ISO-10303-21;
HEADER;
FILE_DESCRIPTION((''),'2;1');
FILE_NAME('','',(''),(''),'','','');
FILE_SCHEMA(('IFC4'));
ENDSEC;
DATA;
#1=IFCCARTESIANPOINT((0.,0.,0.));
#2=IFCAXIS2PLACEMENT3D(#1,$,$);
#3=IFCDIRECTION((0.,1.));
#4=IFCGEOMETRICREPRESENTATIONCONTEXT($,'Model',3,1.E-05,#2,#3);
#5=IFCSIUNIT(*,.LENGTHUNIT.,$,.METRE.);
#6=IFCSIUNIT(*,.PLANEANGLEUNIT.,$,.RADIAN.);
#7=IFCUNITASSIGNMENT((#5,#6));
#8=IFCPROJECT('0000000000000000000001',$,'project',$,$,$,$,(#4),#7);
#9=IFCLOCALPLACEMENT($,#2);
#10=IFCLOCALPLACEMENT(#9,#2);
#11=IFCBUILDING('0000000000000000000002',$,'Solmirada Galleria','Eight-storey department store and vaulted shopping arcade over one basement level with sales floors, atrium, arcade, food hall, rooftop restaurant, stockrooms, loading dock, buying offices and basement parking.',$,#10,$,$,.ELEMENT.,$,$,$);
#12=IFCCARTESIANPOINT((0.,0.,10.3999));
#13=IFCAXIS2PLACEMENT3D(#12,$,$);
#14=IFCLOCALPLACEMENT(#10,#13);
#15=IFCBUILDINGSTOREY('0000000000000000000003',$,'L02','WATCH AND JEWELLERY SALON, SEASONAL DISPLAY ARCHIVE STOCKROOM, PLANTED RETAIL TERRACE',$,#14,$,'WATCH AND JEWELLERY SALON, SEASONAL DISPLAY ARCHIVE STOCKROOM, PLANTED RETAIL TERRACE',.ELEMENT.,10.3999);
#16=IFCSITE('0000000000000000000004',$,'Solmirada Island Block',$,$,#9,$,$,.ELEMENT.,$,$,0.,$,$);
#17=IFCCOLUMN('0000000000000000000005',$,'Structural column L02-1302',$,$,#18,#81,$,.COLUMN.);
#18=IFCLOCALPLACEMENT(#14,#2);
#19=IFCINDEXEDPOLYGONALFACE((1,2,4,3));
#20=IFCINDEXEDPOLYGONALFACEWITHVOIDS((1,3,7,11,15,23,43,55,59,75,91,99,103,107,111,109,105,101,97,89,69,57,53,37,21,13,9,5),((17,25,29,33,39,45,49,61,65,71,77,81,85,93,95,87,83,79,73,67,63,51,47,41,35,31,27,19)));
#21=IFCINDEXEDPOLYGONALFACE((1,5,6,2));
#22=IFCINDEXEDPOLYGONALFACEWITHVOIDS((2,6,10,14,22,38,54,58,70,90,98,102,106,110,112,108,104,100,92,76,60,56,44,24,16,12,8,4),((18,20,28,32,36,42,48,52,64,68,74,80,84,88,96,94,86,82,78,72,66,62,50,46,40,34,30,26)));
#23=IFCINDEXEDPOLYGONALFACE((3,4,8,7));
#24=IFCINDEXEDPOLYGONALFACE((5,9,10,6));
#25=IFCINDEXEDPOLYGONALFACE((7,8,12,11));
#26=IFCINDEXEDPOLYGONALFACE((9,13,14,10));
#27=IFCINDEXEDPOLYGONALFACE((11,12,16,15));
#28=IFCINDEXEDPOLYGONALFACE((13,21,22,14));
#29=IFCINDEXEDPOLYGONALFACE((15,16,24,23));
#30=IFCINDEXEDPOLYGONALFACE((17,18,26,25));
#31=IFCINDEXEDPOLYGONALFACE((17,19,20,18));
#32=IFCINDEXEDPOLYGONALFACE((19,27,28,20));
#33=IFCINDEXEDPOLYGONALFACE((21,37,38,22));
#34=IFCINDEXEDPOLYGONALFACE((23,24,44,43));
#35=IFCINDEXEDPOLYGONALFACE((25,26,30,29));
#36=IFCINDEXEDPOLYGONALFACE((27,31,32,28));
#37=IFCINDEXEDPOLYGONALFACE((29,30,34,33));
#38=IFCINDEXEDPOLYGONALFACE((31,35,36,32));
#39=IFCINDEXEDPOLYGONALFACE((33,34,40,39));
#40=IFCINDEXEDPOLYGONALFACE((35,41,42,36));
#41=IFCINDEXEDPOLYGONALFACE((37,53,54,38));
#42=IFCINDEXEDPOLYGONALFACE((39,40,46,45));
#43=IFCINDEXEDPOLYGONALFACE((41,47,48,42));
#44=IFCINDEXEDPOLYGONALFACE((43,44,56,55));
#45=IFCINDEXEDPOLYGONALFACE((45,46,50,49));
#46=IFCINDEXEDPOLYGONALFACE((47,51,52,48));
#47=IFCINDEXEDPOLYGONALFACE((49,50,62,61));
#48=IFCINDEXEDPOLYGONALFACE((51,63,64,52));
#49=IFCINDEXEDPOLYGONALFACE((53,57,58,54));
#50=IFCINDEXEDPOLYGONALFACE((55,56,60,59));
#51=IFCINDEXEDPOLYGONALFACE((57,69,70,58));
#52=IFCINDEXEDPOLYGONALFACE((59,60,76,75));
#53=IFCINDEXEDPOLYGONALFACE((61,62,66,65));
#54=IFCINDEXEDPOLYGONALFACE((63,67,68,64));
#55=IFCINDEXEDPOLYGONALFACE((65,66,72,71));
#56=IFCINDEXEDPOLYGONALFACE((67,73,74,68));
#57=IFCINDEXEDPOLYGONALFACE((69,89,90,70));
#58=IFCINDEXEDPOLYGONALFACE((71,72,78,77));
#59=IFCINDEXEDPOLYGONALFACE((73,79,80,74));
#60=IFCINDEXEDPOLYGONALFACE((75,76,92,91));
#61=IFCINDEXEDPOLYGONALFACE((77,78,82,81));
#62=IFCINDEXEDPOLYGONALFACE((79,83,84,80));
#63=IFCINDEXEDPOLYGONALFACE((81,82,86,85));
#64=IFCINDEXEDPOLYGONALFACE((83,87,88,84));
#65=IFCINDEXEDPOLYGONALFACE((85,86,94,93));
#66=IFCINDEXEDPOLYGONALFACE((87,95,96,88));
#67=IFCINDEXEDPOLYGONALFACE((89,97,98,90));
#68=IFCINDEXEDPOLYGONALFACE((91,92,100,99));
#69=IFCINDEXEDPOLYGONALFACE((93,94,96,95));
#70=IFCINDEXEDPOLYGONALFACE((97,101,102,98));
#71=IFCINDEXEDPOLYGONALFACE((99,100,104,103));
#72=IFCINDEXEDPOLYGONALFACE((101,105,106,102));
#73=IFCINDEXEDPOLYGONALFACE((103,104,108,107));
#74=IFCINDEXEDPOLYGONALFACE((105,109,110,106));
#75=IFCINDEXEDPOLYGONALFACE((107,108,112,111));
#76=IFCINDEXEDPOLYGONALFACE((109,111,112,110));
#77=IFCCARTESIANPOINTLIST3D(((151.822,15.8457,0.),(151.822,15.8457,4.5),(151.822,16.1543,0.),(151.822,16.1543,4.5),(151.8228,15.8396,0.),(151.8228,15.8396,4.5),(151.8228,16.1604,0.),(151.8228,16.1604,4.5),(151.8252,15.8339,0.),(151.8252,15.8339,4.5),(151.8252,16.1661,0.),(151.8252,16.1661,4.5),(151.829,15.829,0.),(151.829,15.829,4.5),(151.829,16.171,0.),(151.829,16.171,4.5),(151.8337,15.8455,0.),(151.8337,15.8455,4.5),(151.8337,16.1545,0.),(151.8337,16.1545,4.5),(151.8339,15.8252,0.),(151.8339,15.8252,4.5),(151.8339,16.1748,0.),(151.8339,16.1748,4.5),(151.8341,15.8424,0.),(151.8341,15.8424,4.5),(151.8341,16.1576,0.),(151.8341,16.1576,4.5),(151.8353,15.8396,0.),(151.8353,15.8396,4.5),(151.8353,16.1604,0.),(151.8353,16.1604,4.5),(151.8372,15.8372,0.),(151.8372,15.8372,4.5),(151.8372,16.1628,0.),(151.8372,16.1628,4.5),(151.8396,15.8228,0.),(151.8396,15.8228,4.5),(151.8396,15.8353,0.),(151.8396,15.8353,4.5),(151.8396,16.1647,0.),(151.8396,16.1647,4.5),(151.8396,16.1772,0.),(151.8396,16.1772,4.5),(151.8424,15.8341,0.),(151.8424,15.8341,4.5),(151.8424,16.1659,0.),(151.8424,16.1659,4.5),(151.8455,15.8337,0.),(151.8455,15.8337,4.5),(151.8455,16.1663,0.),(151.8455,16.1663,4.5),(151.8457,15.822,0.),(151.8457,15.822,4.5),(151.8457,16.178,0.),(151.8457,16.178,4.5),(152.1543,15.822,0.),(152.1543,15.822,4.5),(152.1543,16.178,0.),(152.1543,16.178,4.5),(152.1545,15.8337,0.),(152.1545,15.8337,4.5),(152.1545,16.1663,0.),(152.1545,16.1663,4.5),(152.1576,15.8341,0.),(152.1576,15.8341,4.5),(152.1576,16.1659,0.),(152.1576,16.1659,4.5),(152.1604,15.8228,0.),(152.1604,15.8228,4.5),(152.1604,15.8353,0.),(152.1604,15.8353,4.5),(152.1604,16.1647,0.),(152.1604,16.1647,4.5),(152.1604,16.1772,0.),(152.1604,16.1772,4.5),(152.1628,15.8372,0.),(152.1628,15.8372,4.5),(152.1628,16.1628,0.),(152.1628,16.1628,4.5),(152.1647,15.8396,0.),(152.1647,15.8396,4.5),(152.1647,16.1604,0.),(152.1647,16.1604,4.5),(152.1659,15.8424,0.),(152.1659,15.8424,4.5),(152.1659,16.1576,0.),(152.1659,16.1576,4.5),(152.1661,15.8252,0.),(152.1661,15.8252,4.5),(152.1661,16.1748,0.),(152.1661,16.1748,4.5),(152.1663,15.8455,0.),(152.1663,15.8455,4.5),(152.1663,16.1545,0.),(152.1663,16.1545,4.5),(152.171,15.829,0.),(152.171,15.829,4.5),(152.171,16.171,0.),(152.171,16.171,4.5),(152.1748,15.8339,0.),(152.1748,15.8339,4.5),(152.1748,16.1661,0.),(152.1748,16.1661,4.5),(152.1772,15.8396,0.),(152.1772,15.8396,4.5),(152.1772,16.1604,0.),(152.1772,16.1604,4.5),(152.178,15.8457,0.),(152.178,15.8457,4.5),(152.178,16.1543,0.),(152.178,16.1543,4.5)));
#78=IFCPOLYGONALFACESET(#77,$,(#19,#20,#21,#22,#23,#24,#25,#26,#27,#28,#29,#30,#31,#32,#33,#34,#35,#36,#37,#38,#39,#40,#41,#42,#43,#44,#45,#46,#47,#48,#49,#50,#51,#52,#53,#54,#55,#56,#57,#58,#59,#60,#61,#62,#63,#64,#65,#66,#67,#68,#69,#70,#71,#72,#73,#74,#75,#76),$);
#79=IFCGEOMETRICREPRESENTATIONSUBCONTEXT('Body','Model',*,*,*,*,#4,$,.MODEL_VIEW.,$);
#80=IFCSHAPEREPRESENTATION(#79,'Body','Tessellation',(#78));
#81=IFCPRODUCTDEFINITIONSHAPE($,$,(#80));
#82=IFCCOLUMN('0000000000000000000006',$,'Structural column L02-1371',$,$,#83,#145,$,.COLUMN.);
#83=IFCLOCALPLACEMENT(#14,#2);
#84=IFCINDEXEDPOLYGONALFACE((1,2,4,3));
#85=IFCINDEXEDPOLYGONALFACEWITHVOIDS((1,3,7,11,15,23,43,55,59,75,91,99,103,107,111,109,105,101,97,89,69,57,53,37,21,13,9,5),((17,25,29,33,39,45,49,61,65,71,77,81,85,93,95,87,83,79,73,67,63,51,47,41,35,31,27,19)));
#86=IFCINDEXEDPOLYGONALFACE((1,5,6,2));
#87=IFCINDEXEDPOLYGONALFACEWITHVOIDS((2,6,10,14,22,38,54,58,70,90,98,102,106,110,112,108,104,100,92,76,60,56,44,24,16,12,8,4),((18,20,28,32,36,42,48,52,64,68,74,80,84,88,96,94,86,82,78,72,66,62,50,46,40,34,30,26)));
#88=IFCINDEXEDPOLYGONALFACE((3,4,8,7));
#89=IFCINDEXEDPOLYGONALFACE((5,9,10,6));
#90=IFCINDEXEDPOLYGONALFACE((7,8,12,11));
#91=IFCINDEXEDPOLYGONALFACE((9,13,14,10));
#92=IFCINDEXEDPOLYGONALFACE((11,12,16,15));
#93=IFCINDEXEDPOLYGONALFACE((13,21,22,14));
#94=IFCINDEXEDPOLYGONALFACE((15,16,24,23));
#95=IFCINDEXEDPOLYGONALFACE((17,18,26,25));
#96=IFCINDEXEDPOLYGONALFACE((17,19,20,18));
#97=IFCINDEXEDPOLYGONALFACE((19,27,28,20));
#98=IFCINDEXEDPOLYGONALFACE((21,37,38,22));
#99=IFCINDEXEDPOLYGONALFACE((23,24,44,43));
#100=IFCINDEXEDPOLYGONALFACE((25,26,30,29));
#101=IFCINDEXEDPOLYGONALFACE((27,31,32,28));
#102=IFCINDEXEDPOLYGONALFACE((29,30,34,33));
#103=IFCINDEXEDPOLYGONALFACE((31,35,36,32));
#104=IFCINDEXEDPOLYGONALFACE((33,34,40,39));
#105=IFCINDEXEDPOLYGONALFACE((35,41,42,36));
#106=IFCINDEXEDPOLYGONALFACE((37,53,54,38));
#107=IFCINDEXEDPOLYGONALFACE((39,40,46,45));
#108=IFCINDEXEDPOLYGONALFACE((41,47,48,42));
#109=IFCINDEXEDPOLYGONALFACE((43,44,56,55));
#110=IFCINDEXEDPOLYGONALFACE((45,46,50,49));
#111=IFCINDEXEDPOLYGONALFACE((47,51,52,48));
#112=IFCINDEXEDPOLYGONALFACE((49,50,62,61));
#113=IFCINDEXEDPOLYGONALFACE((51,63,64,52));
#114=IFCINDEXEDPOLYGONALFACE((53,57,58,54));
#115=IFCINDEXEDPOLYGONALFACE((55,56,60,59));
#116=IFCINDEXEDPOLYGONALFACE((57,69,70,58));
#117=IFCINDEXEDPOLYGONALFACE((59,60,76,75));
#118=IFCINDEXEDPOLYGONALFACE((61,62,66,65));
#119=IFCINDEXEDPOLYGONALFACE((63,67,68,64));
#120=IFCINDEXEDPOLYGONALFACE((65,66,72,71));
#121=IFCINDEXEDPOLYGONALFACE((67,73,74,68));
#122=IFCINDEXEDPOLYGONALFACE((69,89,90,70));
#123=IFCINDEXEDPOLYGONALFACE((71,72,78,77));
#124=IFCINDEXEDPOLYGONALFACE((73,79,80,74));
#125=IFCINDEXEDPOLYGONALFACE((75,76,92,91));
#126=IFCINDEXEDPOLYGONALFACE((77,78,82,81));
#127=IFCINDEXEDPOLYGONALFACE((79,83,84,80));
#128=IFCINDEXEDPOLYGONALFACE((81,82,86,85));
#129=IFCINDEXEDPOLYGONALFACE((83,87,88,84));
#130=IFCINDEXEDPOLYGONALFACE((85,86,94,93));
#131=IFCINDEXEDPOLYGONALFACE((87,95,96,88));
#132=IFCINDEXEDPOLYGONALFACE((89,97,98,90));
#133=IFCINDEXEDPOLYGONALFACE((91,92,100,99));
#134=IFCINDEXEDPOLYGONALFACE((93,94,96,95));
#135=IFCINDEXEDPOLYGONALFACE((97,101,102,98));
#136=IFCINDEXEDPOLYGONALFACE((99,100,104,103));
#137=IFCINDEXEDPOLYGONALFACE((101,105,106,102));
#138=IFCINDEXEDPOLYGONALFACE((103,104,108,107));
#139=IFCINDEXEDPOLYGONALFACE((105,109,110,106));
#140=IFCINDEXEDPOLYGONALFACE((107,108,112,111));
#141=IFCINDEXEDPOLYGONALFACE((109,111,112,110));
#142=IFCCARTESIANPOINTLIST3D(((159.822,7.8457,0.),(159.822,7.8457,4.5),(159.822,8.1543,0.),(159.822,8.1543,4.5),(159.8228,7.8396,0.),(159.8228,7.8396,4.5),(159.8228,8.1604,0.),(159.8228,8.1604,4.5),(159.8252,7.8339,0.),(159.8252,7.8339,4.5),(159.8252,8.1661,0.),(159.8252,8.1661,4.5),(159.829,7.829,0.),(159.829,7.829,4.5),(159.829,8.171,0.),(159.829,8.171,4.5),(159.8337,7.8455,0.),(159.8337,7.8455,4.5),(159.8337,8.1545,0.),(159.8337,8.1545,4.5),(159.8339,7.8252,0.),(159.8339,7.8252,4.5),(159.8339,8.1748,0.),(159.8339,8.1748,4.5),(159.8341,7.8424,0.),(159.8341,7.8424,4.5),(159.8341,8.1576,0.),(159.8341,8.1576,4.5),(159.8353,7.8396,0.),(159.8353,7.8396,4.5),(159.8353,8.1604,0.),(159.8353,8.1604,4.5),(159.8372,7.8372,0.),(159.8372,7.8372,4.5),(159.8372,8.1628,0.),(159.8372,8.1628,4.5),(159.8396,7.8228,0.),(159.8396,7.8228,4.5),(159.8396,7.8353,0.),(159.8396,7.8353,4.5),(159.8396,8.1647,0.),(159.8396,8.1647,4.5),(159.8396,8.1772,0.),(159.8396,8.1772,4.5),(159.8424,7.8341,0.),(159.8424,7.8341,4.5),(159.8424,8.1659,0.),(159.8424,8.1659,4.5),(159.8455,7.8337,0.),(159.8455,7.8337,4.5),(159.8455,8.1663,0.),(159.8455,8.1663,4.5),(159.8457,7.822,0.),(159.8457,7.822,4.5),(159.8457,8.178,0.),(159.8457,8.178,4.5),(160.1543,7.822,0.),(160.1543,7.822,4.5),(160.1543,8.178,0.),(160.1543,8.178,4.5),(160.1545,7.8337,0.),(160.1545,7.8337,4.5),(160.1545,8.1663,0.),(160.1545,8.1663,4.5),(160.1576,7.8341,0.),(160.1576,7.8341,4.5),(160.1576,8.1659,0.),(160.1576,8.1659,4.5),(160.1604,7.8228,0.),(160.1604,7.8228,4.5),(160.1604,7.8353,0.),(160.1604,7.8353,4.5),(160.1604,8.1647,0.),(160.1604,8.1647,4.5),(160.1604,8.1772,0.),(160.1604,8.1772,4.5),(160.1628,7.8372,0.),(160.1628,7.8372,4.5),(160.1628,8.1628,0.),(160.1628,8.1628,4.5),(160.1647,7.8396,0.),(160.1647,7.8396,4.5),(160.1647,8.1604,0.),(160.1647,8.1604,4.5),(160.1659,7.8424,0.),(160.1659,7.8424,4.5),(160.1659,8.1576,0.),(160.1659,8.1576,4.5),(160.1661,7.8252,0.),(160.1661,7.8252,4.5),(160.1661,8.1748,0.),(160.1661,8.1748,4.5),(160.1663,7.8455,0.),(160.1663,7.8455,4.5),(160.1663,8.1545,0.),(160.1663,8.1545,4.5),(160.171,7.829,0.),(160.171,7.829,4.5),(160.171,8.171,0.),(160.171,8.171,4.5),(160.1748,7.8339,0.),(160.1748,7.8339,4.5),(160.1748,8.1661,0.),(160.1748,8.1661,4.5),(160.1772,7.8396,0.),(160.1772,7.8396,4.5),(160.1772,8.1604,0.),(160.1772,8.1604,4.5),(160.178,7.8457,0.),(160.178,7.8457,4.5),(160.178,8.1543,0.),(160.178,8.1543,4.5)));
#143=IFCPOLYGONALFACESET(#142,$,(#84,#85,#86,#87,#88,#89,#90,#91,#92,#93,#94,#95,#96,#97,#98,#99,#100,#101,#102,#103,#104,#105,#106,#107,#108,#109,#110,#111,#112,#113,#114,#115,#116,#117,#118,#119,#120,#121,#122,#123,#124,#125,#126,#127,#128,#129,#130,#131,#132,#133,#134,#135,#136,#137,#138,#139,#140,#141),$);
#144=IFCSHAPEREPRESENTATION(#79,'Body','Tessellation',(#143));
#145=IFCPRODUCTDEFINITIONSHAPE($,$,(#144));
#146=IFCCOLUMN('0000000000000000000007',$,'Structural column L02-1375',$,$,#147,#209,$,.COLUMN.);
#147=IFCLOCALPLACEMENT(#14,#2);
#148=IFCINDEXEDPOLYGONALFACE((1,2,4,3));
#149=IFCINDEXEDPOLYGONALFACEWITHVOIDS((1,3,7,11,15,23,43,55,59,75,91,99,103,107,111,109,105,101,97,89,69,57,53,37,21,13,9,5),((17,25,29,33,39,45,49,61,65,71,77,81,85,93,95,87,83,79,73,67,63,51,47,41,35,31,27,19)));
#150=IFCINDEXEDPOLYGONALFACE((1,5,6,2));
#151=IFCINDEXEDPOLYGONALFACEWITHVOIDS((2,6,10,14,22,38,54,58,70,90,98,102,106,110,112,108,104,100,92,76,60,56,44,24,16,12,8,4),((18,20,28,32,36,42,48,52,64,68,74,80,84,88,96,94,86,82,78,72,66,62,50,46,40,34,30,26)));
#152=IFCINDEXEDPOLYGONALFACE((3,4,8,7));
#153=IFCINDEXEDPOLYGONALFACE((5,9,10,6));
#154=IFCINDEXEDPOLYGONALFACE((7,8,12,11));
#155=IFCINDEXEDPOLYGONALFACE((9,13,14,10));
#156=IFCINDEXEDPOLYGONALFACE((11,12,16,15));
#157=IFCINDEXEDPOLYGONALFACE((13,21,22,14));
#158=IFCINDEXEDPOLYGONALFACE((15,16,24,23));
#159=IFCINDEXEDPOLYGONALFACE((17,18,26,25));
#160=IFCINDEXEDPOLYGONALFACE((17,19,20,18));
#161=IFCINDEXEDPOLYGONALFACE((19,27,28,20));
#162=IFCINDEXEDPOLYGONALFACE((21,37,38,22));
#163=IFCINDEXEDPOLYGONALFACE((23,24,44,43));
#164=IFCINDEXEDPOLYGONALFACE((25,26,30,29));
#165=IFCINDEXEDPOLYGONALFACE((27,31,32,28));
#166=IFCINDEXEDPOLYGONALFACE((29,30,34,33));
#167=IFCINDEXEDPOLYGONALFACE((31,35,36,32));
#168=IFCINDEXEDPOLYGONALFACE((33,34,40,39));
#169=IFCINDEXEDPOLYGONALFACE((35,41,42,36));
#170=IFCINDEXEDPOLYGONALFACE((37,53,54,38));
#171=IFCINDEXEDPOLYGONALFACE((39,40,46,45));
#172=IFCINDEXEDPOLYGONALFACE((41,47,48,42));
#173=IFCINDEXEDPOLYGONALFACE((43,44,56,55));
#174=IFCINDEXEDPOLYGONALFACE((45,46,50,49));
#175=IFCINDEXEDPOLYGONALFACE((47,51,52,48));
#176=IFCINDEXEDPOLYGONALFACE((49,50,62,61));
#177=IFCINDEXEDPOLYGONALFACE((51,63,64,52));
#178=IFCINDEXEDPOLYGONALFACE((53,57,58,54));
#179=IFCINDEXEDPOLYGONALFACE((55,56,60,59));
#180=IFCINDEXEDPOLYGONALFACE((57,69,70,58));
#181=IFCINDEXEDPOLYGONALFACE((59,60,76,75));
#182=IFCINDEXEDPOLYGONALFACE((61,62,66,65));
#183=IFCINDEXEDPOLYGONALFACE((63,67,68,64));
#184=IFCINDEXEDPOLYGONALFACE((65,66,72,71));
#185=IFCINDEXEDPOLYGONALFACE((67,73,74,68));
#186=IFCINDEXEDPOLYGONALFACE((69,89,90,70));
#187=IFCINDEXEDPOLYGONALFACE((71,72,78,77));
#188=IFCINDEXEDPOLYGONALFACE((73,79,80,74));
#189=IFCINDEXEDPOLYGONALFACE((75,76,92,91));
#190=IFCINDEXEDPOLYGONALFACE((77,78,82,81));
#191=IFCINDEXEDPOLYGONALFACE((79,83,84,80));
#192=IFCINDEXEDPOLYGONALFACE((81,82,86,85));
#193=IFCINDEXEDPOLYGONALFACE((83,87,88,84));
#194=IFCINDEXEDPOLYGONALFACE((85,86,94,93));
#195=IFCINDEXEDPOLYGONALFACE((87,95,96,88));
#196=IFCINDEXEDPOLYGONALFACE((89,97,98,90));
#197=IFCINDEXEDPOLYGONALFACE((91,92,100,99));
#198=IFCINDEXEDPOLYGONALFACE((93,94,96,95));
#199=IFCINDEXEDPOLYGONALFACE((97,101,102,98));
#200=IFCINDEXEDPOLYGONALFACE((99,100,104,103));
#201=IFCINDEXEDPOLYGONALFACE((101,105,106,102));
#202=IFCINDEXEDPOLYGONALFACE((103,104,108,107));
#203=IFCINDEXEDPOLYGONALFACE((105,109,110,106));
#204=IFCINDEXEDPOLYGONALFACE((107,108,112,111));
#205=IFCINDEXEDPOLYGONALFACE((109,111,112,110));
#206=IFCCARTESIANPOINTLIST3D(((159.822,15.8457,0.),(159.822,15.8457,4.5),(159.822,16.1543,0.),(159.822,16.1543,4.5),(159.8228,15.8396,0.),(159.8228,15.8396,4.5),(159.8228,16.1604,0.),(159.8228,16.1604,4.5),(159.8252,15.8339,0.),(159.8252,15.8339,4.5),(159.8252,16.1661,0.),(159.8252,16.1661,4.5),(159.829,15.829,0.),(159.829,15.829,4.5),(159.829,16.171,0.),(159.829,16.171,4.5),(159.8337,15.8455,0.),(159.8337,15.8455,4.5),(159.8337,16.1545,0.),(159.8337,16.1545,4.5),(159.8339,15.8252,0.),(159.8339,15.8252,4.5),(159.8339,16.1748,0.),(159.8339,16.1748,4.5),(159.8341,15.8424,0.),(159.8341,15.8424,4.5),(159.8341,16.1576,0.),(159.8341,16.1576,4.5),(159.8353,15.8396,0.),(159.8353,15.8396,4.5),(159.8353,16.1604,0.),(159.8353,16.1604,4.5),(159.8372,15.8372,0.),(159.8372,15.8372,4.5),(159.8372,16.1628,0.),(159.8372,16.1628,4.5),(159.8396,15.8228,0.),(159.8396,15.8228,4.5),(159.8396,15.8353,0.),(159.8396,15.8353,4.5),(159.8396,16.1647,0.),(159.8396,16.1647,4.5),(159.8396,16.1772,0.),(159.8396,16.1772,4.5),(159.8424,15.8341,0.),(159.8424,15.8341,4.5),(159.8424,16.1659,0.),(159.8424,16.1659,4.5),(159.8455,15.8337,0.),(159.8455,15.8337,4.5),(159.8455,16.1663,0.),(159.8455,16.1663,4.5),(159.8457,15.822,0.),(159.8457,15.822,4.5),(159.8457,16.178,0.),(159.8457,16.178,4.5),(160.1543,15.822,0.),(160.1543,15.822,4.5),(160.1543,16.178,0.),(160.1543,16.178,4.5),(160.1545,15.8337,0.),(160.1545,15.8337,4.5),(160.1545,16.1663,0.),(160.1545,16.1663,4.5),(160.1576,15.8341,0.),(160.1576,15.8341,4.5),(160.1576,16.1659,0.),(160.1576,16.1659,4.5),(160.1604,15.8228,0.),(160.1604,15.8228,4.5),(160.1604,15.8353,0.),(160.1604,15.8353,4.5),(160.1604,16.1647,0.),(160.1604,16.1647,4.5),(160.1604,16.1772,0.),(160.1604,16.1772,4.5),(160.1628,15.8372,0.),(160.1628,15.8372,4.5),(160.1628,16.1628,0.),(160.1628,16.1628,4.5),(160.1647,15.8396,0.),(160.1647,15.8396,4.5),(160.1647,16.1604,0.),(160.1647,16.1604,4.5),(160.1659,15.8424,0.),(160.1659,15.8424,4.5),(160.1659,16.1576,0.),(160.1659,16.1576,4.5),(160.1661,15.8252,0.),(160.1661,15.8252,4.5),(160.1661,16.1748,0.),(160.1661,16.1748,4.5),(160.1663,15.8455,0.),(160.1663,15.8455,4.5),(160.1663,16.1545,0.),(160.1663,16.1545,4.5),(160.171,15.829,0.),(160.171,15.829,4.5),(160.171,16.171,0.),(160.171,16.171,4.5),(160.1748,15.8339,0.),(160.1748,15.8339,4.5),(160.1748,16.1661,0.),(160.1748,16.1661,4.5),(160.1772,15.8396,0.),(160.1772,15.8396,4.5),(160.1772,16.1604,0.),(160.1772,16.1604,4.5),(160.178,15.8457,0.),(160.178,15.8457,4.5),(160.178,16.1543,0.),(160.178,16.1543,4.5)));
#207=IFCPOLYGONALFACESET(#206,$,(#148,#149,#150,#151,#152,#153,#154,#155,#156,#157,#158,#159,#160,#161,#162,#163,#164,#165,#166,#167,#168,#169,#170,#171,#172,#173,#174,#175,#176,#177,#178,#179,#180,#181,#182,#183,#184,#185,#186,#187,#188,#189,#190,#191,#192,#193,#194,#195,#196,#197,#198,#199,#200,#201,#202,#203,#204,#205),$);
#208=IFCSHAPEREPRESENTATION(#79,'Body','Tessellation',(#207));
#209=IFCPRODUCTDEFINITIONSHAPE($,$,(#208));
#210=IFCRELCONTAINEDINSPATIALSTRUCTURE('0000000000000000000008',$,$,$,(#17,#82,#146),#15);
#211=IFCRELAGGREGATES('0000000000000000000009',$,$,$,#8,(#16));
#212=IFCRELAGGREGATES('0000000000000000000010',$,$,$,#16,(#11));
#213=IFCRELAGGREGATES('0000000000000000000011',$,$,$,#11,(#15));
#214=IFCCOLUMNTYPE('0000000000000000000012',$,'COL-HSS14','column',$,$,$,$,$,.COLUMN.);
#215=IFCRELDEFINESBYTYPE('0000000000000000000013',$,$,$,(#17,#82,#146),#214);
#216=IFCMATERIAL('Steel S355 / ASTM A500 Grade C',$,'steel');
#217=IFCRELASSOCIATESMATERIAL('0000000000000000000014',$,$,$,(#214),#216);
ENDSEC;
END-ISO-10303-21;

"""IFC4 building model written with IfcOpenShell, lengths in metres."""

from ifc_helpers import new_model, si_unit, direction, frame, origin, origin_2d, place, context, subcontext, project, spatial, hollow_rectangle, extrude, material, material_profile, profile_set, type_object, element, save


model = new_model("IFC4")

# Units and contexts
model_context = context("Model", 3, precision=1e-05, world=origin(), true_north=direction((0.0, 1.0)))
body_context = subcontext(model_context, "Body", "Model", "MODEL_VIEW")
ifc_project = project(units=[si_unit("LENGTHUNIT", "METRE"), si_unit("PLANEANGLEUNIT", "RADIAN")], contexts=[model_context])

# Site, building, storey
site_placement = place(None, origin())
site = spatial("IfcSite", under=ifc_project, at=site_placement, Name="Solmirada Island Block", CompositionType="ELEMENT", RefElevation=0.0)
building_placement = place(site_placement, origin())
building = spatial("IfcBuilding", under=site, at=building_placement, Name="Solmirada Galleria", Description="Eight-storey department store and vaulted shopping arcade over one basement level with sales floors, atrium, arcade, food hall, rooftop restaurant, stockrooms, loading dock, buying offices and basement parking.", CompositionType="ELEMENT")
storey_placement = place(building_placement, frame((0.0, 0.0, 10.3999)))
storey = spatial("IfcBuildingStorey", under=building, at=storey_placement, Name="L02", Description="WATCH AND JEWELLERY SALON, SEASONAL DISPLAY ARCHIVE STOCKROOM, PLANTED RETAIL TERRACE", LongName="WATCH AND JEWELLERY SALON, SEASONAL DISPLAY ARCHIVE STOCKROOM, PLANTED RETAIL TERRACE", CompositionType="ELEMENT", Elevation=10.3999)

# Columns
ifc_material_1 = material(Name="Steel S355 / ASTM A500 Grade C", Category="steel")
ifc_material_profile_1 = material_profile(ifc_material_1, hollow_rectangle(XDim=0.356, YDim=0.356, WallThickness=0.0117, InnerFilletRadius=0.0117, OuterFilletRadius=0.0237, at=origin_2d()), Name="HSS14X14X1/2")
ifc_profile_set_1 = profile_set([ifc_material_profile_1], Name="Steel S355 / ASTM A500 Grade C")
column_type = type_object("IfcColumnType", Name="COL-HSS14", Description="column", PredefinedType="COLUMN", material=ifc_profile_set_1)
for number, where, z_axis, x_axis, name in (
    (1, (152.0, 16.0, 0.0), (0.0, 0.0, 1.0), (1.0, 0.0, 0.0), "Structural column L02-1302"),
    (2, (160.0, 8.0, 0.0), (0.0, 0.0, 1.0), (1.0, 0.0, 0.0), "Structural column L02-1371"),
    (3, (160.0, 16.0, 0.0), (0.0, 0.0, 1.0), (1.0, 0.0, 0.0), "Structural column L02-1375"),
):
    element("IfcColumn", number, at=place(storey_placement, frame(where, z_axis=z_axis, x_axis=x_axis)), inside=storey, type_object=column_type, Name=name, PredefinedType="COLUMN", context=body_context, shape_type="SweptSolid", body=[
        extrude(hollow_rectangle(XDim=0.356, YDim=0.356, WallThickness=0.0117, InnerFilletRadius=0.0117, OuterFilletRadius=0.0237, at=origin_2d()), origin(), (0.0, 0.0, 1.0), 4.5),
    ])

save(model, "model.ifc")
